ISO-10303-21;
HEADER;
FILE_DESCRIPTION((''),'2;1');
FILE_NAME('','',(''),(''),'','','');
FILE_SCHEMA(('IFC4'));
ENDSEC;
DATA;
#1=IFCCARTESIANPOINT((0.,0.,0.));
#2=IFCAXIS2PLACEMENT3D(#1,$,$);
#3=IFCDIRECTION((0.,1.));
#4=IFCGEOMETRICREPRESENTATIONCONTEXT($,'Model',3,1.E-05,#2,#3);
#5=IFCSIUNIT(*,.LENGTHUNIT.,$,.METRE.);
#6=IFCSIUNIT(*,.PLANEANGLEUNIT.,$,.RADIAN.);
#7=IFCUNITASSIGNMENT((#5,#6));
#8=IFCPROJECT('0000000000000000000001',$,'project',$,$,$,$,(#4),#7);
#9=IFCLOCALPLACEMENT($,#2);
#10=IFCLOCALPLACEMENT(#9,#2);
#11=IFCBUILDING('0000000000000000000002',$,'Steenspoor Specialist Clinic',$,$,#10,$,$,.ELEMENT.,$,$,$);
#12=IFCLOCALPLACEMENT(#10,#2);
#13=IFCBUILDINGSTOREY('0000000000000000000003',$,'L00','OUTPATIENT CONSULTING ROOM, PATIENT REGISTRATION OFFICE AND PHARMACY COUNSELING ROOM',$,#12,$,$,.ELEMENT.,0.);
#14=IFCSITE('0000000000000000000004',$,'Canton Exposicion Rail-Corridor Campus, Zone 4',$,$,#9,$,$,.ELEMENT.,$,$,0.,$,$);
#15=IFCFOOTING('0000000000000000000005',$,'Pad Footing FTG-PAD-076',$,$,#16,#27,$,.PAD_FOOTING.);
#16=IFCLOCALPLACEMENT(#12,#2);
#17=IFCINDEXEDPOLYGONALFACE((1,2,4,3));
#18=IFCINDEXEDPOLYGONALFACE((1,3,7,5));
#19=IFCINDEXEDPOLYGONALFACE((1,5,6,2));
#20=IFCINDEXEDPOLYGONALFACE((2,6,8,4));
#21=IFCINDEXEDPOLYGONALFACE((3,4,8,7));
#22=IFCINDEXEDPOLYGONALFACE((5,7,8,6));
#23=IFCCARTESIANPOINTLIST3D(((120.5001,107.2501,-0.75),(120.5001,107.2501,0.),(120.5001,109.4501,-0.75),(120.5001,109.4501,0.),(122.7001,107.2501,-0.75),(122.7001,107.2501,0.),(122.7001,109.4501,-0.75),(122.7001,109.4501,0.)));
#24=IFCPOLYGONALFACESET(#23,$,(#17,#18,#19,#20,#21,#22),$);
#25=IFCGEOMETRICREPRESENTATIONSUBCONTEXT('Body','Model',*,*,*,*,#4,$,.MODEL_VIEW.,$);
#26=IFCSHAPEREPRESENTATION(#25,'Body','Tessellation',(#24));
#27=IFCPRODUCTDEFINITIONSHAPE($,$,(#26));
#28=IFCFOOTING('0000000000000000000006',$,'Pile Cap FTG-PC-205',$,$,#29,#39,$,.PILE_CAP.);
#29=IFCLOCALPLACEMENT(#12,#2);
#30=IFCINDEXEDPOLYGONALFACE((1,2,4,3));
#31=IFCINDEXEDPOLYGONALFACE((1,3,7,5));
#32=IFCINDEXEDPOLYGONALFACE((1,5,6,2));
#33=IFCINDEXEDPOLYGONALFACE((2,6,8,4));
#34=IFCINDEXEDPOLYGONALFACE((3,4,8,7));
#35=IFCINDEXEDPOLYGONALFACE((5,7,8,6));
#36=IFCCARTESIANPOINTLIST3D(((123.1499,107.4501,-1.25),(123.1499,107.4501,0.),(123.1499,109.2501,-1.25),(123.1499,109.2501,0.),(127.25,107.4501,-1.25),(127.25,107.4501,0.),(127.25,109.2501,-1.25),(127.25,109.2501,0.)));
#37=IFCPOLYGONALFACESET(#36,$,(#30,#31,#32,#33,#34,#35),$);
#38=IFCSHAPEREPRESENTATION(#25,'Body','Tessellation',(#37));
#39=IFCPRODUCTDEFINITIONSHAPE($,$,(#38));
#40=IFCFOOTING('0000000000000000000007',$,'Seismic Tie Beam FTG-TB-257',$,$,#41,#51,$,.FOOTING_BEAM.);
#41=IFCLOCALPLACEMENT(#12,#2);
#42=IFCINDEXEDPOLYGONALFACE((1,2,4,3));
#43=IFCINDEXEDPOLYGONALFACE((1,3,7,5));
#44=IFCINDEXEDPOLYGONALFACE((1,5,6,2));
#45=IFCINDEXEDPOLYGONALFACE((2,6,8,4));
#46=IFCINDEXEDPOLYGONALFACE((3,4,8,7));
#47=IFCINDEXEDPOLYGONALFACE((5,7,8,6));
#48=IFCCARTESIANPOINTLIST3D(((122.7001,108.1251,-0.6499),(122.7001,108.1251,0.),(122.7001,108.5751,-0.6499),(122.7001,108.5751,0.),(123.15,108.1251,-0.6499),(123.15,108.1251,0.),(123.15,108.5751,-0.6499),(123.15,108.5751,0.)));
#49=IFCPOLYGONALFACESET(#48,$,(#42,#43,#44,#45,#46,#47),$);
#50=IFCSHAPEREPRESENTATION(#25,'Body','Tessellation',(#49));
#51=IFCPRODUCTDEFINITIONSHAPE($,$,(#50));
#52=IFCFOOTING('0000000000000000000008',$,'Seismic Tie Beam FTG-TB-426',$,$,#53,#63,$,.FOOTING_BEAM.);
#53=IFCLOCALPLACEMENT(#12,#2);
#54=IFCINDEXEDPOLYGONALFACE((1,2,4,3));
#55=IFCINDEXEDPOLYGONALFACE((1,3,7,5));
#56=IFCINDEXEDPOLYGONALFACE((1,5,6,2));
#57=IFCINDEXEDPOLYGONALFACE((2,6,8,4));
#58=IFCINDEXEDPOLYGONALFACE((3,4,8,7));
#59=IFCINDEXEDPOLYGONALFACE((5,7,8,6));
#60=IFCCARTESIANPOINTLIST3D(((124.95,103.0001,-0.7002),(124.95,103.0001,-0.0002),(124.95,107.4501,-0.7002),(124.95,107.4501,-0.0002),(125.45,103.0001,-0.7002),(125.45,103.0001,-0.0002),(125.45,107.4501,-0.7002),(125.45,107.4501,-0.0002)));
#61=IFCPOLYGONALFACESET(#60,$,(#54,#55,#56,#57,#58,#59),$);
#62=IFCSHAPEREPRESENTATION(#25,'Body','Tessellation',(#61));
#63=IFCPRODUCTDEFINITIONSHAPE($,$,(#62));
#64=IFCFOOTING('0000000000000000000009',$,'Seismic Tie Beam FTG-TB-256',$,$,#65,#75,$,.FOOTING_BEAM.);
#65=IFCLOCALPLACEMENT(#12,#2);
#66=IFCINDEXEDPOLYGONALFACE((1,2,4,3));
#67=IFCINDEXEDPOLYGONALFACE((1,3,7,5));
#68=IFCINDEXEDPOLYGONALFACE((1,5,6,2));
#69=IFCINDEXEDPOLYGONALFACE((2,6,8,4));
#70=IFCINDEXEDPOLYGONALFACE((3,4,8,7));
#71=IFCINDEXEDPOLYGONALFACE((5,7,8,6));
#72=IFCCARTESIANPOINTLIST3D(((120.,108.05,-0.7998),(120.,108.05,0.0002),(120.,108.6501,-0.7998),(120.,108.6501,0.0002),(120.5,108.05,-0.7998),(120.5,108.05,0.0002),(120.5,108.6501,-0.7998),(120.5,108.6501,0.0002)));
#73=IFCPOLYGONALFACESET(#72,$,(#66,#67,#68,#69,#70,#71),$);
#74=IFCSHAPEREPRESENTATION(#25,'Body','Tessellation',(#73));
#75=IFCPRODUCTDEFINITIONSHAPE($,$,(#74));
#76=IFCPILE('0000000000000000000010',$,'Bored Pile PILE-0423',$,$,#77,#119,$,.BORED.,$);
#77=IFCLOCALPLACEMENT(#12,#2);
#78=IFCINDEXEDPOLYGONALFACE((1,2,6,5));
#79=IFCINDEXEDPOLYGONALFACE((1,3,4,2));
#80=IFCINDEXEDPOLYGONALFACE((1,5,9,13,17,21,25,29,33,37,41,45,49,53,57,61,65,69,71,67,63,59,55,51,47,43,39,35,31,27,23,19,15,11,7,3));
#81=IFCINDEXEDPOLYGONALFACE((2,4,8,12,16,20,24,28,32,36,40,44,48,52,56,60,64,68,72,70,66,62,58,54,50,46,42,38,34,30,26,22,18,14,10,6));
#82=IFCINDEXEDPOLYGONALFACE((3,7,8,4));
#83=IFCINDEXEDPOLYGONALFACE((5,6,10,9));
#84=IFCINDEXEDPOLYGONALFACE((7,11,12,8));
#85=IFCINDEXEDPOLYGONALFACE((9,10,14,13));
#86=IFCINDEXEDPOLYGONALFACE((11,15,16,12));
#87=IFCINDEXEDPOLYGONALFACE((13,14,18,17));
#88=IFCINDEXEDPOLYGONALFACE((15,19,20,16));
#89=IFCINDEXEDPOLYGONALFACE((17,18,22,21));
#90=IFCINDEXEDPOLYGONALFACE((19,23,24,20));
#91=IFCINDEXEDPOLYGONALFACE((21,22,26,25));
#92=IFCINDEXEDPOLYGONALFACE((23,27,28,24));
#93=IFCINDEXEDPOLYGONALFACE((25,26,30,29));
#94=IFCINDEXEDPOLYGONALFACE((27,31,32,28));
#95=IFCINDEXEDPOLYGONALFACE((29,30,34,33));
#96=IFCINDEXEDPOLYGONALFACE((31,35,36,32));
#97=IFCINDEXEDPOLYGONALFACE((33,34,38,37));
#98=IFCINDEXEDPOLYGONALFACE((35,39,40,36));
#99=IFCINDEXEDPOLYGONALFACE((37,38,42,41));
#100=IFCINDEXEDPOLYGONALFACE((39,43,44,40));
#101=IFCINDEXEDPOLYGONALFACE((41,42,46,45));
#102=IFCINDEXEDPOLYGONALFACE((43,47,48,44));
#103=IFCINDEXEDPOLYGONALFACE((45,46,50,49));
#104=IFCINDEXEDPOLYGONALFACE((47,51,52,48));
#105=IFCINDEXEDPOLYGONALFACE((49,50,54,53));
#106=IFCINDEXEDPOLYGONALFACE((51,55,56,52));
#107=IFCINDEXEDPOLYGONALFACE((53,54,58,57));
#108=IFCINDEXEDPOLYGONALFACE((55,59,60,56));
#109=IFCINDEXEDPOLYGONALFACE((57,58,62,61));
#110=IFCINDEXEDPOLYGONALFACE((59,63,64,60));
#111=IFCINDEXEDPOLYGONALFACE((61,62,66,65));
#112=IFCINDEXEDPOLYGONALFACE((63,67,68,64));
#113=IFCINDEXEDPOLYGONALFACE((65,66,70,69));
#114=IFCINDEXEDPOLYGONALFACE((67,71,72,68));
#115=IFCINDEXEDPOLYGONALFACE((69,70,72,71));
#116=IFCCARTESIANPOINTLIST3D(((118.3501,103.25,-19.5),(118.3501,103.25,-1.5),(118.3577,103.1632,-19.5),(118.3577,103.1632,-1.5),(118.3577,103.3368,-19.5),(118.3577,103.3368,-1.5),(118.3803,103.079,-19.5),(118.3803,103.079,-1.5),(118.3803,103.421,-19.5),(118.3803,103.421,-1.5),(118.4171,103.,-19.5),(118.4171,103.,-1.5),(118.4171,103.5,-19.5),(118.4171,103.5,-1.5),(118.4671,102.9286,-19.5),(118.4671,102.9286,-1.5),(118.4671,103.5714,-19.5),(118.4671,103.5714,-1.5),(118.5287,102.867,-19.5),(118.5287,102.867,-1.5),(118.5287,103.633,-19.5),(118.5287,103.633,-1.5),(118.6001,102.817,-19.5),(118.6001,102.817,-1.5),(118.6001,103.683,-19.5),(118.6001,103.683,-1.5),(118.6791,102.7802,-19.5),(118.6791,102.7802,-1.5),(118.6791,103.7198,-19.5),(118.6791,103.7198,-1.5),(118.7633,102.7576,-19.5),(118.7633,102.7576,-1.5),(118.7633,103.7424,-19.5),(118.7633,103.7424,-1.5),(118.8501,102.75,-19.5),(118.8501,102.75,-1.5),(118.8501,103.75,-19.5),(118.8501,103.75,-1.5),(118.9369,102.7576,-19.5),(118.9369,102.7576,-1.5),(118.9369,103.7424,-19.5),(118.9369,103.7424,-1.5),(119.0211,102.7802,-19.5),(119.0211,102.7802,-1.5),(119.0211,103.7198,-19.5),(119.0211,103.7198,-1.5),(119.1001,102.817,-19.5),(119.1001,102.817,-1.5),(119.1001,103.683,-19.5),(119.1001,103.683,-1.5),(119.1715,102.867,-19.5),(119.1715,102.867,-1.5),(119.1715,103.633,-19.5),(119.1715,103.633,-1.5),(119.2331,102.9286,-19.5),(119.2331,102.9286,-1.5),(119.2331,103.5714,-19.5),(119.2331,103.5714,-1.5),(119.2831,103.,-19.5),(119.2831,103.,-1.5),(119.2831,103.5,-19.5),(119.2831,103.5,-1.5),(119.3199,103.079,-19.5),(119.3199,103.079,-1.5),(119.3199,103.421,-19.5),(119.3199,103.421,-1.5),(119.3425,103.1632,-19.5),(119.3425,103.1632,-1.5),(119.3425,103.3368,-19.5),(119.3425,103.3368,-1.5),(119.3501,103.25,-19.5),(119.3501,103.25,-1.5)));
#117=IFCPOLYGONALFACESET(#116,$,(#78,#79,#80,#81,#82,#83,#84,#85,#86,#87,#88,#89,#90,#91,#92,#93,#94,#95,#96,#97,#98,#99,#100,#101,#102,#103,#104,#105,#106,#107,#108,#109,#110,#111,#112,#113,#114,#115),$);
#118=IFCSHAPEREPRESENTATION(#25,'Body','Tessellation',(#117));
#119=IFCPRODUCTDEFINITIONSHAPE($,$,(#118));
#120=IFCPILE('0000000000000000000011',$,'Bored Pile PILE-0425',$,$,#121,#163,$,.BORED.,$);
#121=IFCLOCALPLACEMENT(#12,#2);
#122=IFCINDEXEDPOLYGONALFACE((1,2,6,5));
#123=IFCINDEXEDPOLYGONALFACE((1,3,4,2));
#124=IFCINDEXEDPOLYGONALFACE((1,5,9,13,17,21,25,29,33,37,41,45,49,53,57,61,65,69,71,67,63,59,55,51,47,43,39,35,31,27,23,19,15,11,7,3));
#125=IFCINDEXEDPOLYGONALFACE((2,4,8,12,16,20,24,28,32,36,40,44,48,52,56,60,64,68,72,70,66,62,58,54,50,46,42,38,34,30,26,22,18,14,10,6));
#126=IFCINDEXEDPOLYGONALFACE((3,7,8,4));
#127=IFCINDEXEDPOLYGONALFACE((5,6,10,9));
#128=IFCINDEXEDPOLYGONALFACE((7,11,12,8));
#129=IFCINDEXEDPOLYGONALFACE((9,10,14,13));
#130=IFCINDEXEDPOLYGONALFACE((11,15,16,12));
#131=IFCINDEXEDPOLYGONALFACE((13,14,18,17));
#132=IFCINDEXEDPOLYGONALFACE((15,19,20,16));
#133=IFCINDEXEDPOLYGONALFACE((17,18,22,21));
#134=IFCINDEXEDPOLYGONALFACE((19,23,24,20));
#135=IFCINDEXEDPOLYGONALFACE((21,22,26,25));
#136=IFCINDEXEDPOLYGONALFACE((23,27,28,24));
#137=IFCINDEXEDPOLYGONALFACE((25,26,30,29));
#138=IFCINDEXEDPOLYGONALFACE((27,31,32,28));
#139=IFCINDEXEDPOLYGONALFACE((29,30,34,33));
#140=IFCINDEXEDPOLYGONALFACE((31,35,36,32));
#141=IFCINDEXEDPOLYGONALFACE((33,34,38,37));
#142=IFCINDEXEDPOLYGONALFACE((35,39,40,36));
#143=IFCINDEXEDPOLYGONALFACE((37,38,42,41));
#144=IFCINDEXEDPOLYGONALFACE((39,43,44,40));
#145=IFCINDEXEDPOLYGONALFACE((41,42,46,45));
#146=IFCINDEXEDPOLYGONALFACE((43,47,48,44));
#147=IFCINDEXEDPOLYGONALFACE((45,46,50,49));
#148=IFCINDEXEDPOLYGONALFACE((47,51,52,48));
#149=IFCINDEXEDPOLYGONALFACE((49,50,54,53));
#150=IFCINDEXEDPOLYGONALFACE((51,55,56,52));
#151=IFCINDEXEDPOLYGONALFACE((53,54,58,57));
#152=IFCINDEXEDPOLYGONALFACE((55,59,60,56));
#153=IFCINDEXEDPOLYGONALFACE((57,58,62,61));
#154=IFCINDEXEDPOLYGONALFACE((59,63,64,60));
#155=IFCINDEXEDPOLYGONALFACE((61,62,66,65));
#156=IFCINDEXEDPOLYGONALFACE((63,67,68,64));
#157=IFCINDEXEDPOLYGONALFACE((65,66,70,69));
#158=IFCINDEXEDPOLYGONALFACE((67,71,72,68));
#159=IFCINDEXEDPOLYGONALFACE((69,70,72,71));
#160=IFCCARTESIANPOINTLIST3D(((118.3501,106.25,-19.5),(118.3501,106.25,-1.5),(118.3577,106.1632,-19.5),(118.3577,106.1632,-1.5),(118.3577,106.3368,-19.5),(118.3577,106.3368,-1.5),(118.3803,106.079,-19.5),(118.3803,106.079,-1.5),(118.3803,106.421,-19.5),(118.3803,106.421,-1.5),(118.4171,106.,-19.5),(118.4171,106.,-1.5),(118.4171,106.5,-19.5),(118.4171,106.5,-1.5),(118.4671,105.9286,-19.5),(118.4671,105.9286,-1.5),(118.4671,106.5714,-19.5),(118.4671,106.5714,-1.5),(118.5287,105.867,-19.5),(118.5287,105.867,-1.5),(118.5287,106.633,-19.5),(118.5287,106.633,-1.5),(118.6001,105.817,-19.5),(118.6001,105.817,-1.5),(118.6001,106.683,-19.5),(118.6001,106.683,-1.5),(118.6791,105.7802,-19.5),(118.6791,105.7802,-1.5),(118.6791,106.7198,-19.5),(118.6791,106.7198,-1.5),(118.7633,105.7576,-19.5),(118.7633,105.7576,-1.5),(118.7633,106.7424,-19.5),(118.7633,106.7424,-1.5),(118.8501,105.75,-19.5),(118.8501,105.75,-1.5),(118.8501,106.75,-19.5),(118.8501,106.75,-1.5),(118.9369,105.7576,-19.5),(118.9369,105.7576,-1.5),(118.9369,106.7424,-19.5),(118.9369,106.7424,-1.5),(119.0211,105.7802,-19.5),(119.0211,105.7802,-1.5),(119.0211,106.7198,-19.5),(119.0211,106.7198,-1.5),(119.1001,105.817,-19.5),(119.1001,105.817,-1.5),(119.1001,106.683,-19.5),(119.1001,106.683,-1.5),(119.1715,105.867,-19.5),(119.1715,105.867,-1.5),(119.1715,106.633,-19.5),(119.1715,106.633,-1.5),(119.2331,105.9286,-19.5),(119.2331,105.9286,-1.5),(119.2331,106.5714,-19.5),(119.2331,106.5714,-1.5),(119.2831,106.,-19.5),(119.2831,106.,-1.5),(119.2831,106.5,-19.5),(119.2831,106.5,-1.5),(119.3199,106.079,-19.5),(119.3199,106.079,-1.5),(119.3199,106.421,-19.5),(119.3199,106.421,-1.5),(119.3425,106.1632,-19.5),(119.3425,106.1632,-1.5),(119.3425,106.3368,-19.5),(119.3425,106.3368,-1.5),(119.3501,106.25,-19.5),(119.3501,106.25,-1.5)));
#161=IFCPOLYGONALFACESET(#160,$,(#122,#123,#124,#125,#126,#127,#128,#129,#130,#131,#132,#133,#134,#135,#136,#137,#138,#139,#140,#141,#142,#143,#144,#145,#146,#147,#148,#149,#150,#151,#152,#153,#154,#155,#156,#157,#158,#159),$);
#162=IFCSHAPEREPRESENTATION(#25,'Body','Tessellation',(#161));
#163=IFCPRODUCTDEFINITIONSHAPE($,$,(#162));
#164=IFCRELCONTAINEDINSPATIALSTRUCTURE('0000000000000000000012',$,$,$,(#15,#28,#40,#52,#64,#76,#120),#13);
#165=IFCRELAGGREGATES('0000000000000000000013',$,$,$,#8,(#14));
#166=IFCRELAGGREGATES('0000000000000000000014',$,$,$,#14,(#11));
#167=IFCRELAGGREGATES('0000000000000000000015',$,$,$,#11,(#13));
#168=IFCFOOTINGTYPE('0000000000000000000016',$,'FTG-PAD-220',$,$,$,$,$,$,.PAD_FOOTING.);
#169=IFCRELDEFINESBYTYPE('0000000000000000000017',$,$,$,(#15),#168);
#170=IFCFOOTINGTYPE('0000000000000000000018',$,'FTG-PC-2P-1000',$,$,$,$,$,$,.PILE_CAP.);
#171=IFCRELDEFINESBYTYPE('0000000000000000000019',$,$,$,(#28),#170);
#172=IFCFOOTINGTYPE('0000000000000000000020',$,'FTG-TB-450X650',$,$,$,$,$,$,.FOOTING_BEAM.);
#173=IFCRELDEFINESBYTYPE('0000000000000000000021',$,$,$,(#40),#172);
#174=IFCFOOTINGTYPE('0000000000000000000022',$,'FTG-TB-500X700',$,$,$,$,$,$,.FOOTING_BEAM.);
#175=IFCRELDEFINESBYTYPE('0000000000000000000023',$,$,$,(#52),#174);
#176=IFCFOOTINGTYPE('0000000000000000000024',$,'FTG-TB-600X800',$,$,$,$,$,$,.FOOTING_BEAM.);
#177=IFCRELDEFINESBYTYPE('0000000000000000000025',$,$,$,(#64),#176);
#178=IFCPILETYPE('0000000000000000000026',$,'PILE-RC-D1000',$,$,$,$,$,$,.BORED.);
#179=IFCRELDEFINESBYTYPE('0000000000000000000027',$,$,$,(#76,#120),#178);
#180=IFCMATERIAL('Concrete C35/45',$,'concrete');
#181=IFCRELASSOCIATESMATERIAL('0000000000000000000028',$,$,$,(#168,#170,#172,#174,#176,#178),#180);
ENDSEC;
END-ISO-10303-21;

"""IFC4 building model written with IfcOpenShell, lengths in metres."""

from ifc_helpers import new_model, si_unit, direction, frame, origin, origin_2d, place, context, subcontext, project, spatial, rectangle, circle, extrude, material, material_profile, profile_set, type_object, element, save


model = new_model("IFC4")

# Units and contexts
model_context = context("Model", 3, precision=1e-05, world=origin(), true_north=direction((0.0, 1.0)))
body_context = subcontext(model_context, "Body", "Model", "MODEL_VIEW")
ifc_project = project(units=[si_unit("LENGTHUNIT", "METRE"), si_unit("PLANEANGLEUNIT", "RADIAN")], contexts=[model_context])

# Site, building, storey
site_placement = place(None, origin())
site = spatial("IfcSite", under=ifc_project, at=site_placement, Name="Canton Exposicion Rail-Corridor Campus, Zone 4", CompositionType="ELEMENT", RefElevation=0.0)
building_placement = place(site_placement, origin())
building = spatial("IfcBuilding", under=site, at=building_placement, Name="Steenspoor Specialist Clinic", CompositionType="ELEMENT")
storey_placement = place(building_placement, origin())
storey = spatial("IfcBuildingStorey", under=building, at=storey_placement, Name="L00", Description="OUTPATIENT CONSULTING ROOM, PATIENT REGISTRATION OFFICE AND PHARMACY COUNSELING ROOM", CompositionType="ELEMENT", Elevation=0.0)

# Footings
ifc_material_1 = material(Name="Concrete C35/45", Category="concrete")
footing_type_1 = type_object("IfcFootingType", Name="FTG-PAD-220", PredefinedType="PAD_FOOTING", material=ifc_material_1)
footing_1_placement = place(storey_placement, frame((121.6001, 108.3501, -0.75), z_axis=(0.0, 0.0, 1.0), x_axis=(1.0, 0.0, 0.0)))
element("IfcFooting", 1, at=footing_1_placement, inside=storey, type_object=footing_type_1, Name="Pad Footing FTG-PAD-076", PredefinedType="PAD_FOOTING", context=body_context, shape_type="SweptSolid", body=[
    extrude(rectangle(XDim=2.2, YDim=2.2, at=origin_2d()), origin(), (0.0, 0.0, 1.0), 0.75),
])
footing_type_2 = type_object("IfcFootingType", Name="FTG-PC-2P-1000", PredefinedType="PILE_CAP", material=ifc_material_1)
footing_2_placement = place(storey_placement, frame((125.2, 108.3501, -1.25), z_axis=(0.0, 0.0, 1.0), x_axis=(1.0, 0.0, 0.0)))
element("IfcFooting", 2, at=footing_2_placement, inside=storey, type_object=footing_type_2, Name="Pile Cap FTG-PC-205", PredefinedType="PILE_CAP", context=body_context, shape_type="SweptSolid", body=[
    extrude(rectangle(XDim=4.1001, YDim=1.8, at=origin_2d()), origin(), (0.0, 0.0, 1.0), 1.25),
])
footing_type_3 = type_object("IfcFootingType", Name="FTG-TB-450X650", PredefinedType="FOOTING_BEAM", material=ifc_material_1)
footing_3_placement = place(storey_placement, frame((122.925, 108.3501, -0.6499), z_axis=(0.0, 0.0, 1.0), x_axis=(1.0, 0.0, 0.0)))
element("IfcFooting", 3, at=footing_3_placement, inside=storey, type_object=footing_type_3, Name="Seismic Tie Beam FTG-TB-257", PredefinedType="FOOTING_BEAM", context=body_context, shape_type="SweptSolid", body=[
    extrude(rectangle(XDim=0.45, YDim=0.45, at=origin_2d()), origin(), (0.0, 0.0, 1.0), 0.6499),
])
footing_type_4 = type_object("IfcFootingType", Name="FTG-TB-500X700", PredefinedType="FOOTING_BEAM", material=ifc_material_1)
footing_4_placement = place(storey_placement, frame((125.2, 105.2251, -0.7002), z_axis=(0.0, 0.0, 1.0), x_axis=(1.0, 0.0, 0.0)))
element("IfcFooting", 4, at=footing_4_placement, inside=storey, type_object=footing_type_4, Name="Seismic Tie Beam FTG-TB-426", PredefinedType="FOOTING_BEAM", context=body_context, shape_type="SweptSolid", body=[
    extrude(rectangle(XDim=0.5, YDim=4.45, at=origin_2d()), origin(), (0.0, 0.0, 1.0), 0.7),
])
footing_type_5 = type_object("IfcFootingType", Name="FTG-TB-600X800", PredefinedType="FOOTING_BEAM", material=ifc_material_1)
footing_5_placement = place(storey_placement, frame((120.25, 108.3501, -0.7998), z_axis=(0.0, 0.0, 1.0), x_axis=(1.0, 0.0, 0.0)))
element("IfcFooting", 5, at=footing_5_placement, inside=storey, type_object=footing_type_5, Name="Seismic Tie Beam FTG-TB-256", PredefinedType="FOOTING_BEAM", context=body_context, shape_type="SweptSolid", body=[
    extrude(rectangle(XDim=0.5, YDim=0.6001, at=origin_2d()), origin(), (0.0, 0.0, 1.0), 0.8),
])

# Piles
ifc_material_profile_1 = material_profile(ifc_material_1, circle(Radius=0.5, at=origin_2d()), Name="PILE-D1000")
ifc_profile_set_1 = profile_set([ifc_material_profile_1], Name="Concrete C35/45")
pile_type = type_object("IfcPileType", Name="PILE-RC-D1000", PredefinedType="BORED", material=ifc_profile_set_1)
for number, where, z_axis, x_axis, name in (
    (6, (118.8501, 103.25, -1.5), (0.0, 0.0, -1.0), (1.0, 0.0, 0.0), "Bored Pile PILE-0423"),
    (7, (118.8501, 106.25, -1.5), (0.0, 0.0, -1.0), (1.0, 0.0, 0.0), "Bored Pile PILE-0425"),
):
    element("IfcPile", number, at=place(storey_placement, frame(where, z_axis=z_axis, x_axis=x_axis)), inside=storey, type_object=pile_type, Name=name, PredefinedType="BORED", context=body_context, shape_type="SweptSolid", body=[
        extrude(circle(Radius=0.5, at=origin_2d()), origin(), (0.0, 0.0, 1.0), 18.0),
    ])

save(model, "model.ifc")
